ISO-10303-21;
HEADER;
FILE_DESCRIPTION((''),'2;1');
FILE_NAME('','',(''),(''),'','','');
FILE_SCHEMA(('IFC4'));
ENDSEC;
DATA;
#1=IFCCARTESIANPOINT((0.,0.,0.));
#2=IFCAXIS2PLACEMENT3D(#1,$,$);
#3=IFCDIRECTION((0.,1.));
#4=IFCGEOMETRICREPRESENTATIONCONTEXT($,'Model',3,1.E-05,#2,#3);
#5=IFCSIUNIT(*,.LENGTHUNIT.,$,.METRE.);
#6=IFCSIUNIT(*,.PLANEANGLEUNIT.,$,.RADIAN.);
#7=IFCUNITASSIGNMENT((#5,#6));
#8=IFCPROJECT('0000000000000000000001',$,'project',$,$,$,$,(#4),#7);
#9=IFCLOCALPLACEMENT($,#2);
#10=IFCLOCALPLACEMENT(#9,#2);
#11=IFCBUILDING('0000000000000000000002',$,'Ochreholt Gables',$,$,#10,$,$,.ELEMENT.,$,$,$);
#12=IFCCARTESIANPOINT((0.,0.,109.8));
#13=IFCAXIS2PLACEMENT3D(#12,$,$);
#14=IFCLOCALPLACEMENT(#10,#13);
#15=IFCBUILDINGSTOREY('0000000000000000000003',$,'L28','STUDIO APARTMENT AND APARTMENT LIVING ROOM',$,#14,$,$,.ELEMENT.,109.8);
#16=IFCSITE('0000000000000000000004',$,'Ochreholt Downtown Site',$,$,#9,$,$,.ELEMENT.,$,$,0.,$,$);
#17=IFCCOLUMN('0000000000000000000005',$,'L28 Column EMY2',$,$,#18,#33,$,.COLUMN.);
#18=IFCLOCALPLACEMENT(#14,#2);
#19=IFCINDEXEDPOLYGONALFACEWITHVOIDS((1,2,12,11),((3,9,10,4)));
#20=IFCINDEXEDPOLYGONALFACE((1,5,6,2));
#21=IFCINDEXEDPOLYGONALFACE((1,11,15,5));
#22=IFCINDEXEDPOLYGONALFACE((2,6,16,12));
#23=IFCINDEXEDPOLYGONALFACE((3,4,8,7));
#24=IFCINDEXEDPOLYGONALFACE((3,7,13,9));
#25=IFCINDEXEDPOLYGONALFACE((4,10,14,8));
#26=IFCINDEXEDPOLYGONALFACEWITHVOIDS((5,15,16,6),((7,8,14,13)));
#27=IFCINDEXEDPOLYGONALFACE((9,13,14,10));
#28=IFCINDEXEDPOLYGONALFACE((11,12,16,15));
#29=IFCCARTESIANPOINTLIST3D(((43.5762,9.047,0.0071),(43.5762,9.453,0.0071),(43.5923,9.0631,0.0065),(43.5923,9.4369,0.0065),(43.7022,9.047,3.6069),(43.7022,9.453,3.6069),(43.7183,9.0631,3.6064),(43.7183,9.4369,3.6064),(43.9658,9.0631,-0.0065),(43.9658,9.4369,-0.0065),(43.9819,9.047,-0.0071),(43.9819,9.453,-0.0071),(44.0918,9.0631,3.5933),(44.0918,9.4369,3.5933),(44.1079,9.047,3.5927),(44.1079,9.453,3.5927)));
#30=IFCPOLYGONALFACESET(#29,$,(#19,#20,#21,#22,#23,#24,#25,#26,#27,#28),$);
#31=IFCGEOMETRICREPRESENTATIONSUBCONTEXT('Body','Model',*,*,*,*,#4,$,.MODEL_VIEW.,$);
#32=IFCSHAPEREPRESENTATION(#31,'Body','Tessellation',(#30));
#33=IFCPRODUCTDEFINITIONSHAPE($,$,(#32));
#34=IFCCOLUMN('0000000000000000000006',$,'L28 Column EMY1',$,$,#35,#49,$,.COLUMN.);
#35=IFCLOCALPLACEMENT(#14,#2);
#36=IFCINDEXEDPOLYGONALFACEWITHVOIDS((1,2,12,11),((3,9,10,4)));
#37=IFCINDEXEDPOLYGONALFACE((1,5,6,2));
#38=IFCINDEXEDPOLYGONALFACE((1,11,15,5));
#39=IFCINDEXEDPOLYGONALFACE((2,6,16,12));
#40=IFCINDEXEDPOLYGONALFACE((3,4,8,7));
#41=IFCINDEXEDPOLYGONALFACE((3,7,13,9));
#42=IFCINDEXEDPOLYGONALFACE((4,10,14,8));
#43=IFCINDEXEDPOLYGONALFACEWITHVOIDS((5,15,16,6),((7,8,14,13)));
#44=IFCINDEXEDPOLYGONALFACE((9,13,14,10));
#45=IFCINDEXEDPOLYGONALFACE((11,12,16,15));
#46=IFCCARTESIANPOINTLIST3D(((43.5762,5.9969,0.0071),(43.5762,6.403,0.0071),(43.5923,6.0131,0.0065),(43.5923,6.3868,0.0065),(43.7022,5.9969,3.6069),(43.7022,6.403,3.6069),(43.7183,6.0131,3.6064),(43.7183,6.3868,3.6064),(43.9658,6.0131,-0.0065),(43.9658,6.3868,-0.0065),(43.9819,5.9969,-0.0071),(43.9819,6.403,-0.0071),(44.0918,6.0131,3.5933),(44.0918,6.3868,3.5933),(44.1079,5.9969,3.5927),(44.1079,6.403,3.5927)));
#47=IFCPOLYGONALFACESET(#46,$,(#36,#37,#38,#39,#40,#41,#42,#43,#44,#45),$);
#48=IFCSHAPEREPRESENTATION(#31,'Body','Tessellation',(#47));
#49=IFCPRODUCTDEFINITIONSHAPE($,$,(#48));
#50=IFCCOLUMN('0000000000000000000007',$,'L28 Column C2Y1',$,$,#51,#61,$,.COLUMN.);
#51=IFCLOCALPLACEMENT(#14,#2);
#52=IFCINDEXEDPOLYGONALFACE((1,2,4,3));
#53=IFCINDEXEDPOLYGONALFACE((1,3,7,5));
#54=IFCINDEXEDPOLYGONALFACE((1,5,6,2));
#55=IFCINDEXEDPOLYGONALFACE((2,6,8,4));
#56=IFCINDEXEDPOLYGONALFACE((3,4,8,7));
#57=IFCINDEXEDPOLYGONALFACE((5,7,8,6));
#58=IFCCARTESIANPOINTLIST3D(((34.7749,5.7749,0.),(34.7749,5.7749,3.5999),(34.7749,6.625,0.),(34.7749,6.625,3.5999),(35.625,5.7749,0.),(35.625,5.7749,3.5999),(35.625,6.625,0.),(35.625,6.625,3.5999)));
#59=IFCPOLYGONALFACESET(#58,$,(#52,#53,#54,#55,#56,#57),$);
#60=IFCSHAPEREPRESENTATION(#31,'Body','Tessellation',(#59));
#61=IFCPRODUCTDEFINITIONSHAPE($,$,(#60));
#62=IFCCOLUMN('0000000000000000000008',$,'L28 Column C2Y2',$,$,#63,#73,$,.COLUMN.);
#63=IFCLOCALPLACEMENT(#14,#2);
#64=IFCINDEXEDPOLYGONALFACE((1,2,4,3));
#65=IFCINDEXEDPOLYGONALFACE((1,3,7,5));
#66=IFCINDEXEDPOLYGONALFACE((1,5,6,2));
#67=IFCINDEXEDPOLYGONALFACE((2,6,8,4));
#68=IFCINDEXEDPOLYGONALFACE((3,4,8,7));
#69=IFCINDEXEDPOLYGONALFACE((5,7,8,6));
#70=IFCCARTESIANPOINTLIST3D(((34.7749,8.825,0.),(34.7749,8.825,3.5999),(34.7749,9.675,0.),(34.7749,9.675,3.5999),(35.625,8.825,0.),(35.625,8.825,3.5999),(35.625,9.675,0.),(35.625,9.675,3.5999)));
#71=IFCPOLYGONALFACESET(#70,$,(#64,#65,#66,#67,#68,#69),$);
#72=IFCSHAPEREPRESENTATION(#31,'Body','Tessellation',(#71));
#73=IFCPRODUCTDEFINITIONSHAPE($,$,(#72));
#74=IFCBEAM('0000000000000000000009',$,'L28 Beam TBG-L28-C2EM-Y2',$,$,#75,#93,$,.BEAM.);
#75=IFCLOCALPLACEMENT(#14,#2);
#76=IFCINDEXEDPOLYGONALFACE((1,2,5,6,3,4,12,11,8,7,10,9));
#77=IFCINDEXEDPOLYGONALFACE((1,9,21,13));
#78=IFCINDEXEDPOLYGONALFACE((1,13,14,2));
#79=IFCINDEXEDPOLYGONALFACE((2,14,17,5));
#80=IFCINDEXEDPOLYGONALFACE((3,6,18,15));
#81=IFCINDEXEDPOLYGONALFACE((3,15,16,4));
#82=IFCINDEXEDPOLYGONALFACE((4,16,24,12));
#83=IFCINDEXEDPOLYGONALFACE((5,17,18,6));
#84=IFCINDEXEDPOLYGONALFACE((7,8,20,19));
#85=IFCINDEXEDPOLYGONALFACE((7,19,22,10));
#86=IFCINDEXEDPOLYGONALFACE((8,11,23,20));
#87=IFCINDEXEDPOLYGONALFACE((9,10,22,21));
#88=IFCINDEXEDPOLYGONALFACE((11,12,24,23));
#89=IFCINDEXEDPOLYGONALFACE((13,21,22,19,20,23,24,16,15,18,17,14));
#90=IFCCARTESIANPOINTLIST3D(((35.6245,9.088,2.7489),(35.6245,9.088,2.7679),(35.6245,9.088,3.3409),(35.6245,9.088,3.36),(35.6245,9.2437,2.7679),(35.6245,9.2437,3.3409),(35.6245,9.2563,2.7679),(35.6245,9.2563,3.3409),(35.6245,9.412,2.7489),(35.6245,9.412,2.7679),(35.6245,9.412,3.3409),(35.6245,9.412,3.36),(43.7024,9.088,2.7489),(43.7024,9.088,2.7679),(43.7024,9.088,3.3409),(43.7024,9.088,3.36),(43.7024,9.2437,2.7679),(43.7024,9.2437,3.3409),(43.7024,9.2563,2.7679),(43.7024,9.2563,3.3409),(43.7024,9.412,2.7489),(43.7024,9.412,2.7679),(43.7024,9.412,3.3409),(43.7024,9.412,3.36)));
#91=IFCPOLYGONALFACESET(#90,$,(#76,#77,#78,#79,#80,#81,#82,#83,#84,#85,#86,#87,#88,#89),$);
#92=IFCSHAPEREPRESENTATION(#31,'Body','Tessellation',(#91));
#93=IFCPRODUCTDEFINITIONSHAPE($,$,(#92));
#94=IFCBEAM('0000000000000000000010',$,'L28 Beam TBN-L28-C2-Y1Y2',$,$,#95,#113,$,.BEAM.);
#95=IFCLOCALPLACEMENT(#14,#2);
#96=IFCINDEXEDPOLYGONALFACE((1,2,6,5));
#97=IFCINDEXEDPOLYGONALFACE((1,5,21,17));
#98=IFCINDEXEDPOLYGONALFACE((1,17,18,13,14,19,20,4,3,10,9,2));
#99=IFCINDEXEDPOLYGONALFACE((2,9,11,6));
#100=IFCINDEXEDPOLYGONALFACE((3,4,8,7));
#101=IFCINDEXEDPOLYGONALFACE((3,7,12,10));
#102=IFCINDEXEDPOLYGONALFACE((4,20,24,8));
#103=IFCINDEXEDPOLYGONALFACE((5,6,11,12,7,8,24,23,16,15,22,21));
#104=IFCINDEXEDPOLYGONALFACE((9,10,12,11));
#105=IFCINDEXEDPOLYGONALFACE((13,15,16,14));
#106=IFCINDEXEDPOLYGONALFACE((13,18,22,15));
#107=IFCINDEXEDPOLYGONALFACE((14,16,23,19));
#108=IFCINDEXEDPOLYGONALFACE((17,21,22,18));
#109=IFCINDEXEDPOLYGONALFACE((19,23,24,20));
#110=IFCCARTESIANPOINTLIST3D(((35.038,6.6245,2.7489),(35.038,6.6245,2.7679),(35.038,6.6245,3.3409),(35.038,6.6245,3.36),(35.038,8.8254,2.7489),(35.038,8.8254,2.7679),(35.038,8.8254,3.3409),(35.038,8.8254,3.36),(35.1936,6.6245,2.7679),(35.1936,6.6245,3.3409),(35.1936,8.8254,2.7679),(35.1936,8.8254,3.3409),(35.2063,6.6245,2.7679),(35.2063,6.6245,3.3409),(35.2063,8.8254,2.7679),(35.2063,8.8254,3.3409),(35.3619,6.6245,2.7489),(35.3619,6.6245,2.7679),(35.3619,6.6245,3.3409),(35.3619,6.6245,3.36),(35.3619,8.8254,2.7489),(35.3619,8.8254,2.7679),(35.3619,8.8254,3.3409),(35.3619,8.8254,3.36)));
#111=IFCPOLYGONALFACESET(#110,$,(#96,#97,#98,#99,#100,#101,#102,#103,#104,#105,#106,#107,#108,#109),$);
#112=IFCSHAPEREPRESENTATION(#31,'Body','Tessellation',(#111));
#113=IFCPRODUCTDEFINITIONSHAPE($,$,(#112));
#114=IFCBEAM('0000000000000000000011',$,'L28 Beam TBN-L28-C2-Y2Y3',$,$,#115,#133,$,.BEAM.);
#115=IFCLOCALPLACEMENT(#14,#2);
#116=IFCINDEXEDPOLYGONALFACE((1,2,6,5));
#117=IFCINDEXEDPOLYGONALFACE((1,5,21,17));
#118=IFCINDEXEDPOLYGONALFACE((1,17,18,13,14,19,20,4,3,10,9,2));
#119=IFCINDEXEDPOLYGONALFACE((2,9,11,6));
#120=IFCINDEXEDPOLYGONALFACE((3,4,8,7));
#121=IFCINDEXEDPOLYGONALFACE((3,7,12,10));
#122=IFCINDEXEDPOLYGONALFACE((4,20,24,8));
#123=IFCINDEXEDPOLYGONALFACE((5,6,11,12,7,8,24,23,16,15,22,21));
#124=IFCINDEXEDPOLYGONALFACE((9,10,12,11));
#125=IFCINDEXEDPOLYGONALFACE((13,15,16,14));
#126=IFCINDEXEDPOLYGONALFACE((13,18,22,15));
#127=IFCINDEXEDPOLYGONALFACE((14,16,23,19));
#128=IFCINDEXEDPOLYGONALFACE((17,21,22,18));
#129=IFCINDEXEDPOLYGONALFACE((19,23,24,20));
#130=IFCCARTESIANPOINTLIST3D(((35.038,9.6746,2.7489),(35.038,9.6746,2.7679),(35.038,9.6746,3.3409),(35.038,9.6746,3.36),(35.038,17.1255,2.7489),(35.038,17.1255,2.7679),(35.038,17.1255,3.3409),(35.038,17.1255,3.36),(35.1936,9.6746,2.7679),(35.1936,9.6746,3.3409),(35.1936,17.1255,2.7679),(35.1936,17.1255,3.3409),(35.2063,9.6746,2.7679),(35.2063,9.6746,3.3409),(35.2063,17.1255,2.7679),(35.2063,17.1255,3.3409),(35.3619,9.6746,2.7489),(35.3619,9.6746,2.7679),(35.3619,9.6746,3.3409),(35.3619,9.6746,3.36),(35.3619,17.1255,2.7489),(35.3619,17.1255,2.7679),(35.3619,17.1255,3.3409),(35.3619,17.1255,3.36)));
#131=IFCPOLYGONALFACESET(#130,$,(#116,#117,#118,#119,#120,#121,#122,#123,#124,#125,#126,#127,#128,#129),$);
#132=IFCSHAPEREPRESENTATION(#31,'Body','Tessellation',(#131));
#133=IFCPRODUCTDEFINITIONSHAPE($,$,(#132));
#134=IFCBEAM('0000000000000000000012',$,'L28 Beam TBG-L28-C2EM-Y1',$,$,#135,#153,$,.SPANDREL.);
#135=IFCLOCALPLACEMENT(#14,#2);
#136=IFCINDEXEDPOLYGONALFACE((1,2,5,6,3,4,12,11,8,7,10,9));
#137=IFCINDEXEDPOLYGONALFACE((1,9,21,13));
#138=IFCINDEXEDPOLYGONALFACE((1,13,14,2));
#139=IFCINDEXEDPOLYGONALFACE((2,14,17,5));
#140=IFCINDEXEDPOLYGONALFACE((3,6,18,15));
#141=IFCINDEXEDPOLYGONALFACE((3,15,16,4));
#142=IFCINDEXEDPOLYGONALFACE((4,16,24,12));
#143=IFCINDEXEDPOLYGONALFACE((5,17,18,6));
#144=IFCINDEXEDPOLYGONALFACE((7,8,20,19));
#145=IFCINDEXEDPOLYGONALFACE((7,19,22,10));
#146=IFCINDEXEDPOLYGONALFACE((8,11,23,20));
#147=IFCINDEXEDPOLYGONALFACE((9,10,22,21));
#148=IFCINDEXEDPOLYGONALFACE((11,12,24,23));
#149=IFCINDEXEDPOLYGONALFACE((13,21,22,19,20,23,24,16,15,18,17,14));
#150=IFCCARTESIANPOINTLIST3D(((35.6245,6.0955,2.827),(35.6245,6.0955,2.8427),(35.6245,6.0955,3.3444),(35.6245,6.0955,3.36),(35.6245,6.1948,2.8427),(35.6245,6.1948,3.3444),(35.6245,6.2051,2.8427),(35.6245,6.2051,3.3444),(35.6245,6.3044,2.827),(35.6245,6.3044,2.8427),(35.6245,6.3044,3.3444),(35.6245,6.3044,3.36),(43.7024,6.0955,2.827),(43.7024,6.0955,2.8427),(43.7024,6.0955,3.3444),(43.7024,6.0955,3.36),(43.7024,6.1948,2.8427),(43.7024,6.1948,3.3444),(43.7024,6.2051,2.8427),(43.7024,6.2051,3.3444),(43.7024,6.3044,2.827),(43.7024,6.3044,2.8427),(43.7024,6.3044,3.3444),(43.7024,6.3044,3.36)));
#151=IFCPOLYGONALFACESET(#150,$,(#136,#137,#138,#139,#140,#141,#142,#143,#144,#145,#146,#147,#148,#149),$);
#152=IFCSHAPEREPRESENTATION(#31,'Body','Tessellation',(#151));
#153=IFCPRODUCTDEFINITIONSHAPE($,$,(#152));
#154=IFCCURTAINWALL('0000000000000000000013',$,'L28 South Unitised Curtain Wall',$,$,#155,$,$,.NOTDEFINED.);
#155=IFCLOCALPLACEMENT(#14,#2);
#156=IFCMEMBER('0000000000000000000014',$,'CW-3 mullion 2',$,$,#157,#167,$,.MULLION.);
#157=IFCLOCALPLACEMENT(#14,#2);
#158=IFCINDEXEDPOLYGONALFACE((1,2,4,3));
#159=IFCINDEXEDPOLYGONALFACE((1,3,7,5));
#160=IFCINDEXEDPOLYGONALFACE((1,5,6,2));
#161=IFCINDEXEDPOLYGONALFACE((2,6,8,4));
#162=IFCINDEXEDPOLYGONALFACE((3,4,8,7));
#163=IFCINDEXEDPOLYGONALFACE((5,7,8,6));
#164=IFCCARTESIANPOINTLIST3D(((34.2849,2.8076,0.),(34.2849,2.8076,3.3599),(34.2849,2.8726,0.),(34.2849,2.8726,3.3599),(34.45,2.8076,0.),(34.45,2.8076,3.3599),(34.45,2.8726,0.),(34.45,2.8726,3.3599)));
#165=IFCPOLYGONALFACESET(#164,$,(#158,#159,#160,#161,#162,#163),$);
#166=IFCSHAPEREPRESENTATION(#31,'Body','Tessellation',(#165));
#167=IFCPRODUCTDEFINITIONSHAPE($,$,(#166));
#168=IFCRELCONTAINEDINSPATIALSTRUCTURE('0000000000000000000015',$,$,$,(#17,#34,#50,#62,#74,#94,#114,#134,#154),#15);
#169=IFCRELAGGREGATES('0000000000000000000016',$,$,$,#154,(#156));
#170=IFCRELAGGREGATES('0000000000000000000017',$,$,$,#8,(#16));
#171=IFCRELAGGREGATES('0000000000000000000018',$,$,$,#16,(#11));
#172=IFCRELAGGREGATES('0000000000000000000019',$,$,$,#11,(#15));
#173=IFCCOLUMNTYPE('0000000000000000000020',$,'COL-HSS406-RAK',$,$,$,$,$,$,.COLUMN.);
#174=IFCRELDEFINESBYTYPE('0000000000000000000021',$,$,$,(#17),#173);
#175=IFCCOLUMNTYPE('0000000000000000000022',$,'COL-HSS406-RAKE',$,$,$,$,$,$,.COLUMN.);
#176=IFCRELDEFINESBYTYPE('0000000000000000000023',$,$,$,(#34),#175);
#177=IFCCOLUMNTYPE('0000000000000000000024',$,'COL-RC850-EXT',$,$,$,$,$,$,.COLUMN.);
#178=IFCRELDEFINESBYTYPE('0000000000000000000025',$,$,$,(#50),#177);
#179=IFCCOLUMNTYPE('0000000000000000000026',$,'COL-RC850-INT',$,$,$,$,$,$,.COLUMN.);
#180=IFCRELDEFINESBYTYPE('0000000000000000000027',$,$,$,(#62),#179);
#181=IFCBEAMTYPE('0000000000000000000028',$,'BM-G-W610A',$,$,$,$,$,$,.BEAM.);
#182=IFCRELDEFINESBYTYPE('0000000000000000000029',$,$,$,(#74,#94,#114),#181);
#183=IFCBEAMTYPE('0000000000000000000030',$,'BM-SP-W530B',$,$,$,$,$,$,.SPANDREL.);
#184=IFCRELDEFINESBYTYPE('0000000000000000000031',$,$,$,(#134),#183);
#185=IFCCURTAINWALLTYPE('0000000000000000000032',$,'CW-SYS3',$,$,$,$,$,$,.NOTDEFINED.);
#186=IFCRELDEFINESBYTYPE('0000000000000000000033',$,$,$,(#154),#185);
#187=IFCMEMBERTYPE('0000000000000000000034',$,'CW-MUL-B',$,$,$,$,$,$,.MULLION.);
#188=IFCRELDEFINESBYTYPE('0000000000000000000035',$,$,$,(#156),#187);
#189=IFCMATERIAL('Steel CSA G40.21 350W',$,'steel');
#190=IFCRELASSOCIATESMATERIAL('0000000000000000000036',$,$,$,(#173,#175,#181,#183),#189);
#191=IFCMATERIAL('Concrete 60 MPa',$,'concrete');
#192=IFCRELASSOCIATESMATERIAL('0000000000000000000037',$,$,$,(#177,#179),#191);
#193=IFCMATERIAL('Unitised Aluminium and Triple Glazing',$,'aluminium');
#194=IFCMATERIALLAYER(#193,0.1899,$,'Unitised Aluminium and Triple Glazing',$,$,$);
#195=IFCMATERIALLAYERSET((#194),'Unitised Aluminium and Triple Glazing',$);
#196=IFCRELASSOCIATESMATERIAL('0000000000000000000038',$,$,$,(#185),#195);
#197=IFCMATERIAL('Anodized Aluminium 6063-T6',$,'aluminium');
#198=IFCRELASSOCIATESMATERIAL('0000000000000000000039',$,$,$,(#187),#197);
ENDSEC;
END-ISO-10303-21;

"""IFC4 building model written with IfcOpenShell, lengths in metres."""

from ifc_helpers import new_model, si_unit, direction, frame, origin, origin_2d, place, context, subcontext, project, spatial, rectangle, hollow_rectangle, i_section, extrude, material, layer, layer_set, material_profile, profile_set, type_object, element, aggregate, save


model = new_model("IFC4")

# Units and contexts
model_context = context("Model", 3, precision=1e-05, world=origin(), true_north=direction((0.0, 1.0)))
body_context = subcontext(model_context, "Body", "Model", "MODEL_VIEW")
ifc_project = project(units=[si_unit("LENGTHUNIT", "METRE"), si_unit("PLANEANGLEUNIT", "RADIAN")], contexts=[model_context])

# Site, building, storey
site_placement = place(None, origin())
site = spatial("IfcSite", under=ifc_project, at=site_placement, Name="Ochreholt Downtown Site", CompositionType="ELEMENT", RefElevation=0.0)
building_placement = place(site_placement, origin())
building = spatial("IfcBuilding", under=site, at=building_placement, Name="Ochreholt Gables", CompositionType="ELEMENT")
storey_placement = place(building_placement, frame((0.0, 0.0, 109.8)))
storey = spatial("IfcBuildingStorey", under=building, at=storey_placement, Name="L28", Description="STUDIO APARTMENT AND APARTMENT LIVING ROOM", CompositionType="ELEMENT", Elevation=109.8)

# Columns
ifc_material_1 = material(Name="Steel CSA G40.21 350W", Category="steel")
ifc_material_profile_1 = material_profile(ifc_material_1, hollow_rectangle(XDim=0.406, YDim=0.406, WallThickness=0.0161, at=origin_2d()), Name="HSS406X406X16")
ifc_profile_set_1 = profile_set([ifc_material_profile_1], Name="Steel CSA G40.21 350W")
column_type_1 = type_object("IfcColumnType", Name="COL-HSS406-RAK", PredefinedType="COLUMN", material=ifc_profile_set_1)
column_1_placement = place(storey_placement, frame((43.7791, 9.25, 0.0), z_axis=(0.034974, 0.0, 0.999388), x_axis=(0.0, 1.0, 0.0)))
element("IfcColumn", 1, at=column_1_placement, inside=storey, type_object=column_type_1, Name="L28 Column EMY2", PredefinedType="COLUMN", context=body_context, shape_type="SweptSolid", body=[
    extrude(hollow_rectangle(XDim=0.406, YDim=0.406, WallThickness=0.0161, at=origin_2d()), origin(), (0.0, 0.0, 1.0), 3.6021),
])
ifc_material_profile_2 = material_profile(ifc_material_1, hollow_rectangle(XDim=0.406, YDim=0.406, WallThickness=0.0161, at=origin_2d()), Name="HSS406X406X16")
ifc_profile_set_2 = profile_set([ifc_material_profile_2], Name="Steel CSA G40.21 350W")
column_type_2 = type_object("IfcColumnType", Name="COL-HSS406-RAKE", PredefinedType="COLUMN", material=ifc_profile_set_2)
column_2_placement = place(storey_placement, frame((43.7791, 6.2, 0.0), z_axis=(0.034974, 0.0, 0.999388), x_axis=(0.0, 1.0, 0.0)))
element("IfcColumn", 2, at=column_2_placement, inside=storey, type_object=column_type_2, Name="L28 Column EMY1", PredefinedType="COLUMN", context=body_context, shape_type="SweptSolid", body=[
    extrude(hollow_rectangle(XDim=0.406, YDim=0.406, WallThickness=0.0161, at=origin_2d()), origin(), (0.0, 0.0, 1.0), 3.6021),
])
ifc_material_2 = material(Name="Concrete 60 MPa", Category="concrete")
ifc_material_profile_3 = material_profile(ifc_material_2, rectangle(XDim=0.8501, YDim=0.8501, at=origin_2d()), Name="RC850X850")
ifc_profile_set_3 = profile_set([ifc_material_profile_3], Name="Concrete 60 MPa")
column_type_3 = type_object("IfcColumnType", Name="COL-RC850-EXT", PredefinedType="COLUMN", material=ifc_profile_set_3)
column_3_placement = place(storey_placement, frame((35.2, 6.2, 0.0), z_axis=(0.0, 0.0, 1.0), x_axis=(1.0, 0.0, 0.0)))
element("IfcColumn", 3, at=column_3_placement, inside=storey, type_object=column_type_3, Name="L28 Column C2Y1", PredefinedType="COLUMN", context=body_context, shape_type="SweptSolid", body=[
    extrude(rectangle(XDim=0.8501, YDim=0.8501, at=origin_2d()), origin(), (0.0, 0.0, 1.0), 3.5999),
])
ifc_material_profile_4 = material_profile(ifc_material_2, rectangle(XDim=0.8501, YDim=0.8501, at=origin_2d()), Name="RC850X850")
ifc_profile_set_4 = profile_set([ifc_material_profile_4], Name="Concrete 60 MPa")
column_type_4 = type_object("IfcColumnType", Name="COL-RC850-INT", PredefinedType="COLUMN", material=ifc_profile_set_4)
column_4_placement = place(storey_placement, frame((35.2, 9.25, 0.0), z_axis=(0.0, 0.0, 1.0), x_axis=(1.0, 0.0, 0.0)))
element("IfcColumn", 4, at=column_4_placement, inside=storey, type_object=column_type_4, Name="L28 Column C2Y2", PredefinedType="COLUMN", context=body_context, shape_type="SweptSolid", body=[
    extrude(rectangle(XDim=0.8501, YDim=0.8501, at=origin_2d()), origin(), (0.0, 0.0, 1.0), 3.5999),
])

# Beams
ifc_material_profile_5 = material_profile(ifc_material_1, i_section(OverallWidth=0.324, OverallDepth=0.6111, WebThickness=0.0127, FlangeThickness=0.019, at=origin_2d()), Name="W610X155")
ifc_profile_set_5 = profile_set([ifc_material_profile_5], Name="Steel CSA G40.21 350W")
beam_type_1 = type_object("IfcBeamType", Name="BM-G-W610A", PredefinedType="BEAM", material=ifc_profile_set_5)
beam_1_placement = place(storey_placement, frame((35.6245, 9.25, 3.0544), z_axis=(1.0, 0.0, 0.0), x_axis=(0.0, 1.0, 0.0)))
element("IfcBeam", 5, at=beam_1_placement, inside=storey, type_object=beam_type_1, Name="L28 Beam TBG-L28-C2EM-Y2", PredefinedType="BEAM", context=body_context, shape_type="SweptSolid", body=[
    extrude(i_section(OverallWidth=0.324, OverallDepth=0.6111, WebThickness=0.0127, FlangeThickness=0.019, at=origin_2d()), origin(), (0.0, 0.0, 1.0), 8.0779),
])
beam_2_placement = place(storey_placement, frame((35.2, 6.6245, 3.0544), z_axis=(0.0, 1.0, 0.0), x_axis=(-1.0, 0.0, 0.0)))
element("IfcBeam", 6, at=beam_2_placement, inside=storey, type_object=beam_type_1, Name="L28 Beam TBN-L28-C2-Y1Y2", PredefinedType="BEAM", context=body_context, shape_type="SweptSolid", body=[
    extrude(i_section(OverallWidth=0.324, OverallDepth=0.6111, WebThickness=0.0127, FlangeThickness=0.019, at=origin_2d()), origin(), (0.0, 0.0, 1.0), 2.2009),
])
beam_3_placement = place(storey_placement, frame((35.2, 9.6746, 3.0544), z_axis=(0.0, 1.0, 0.0), x_axis=(-1.0, 0.0, 0.0)))
element("IfcBeam", 7, at=beam_3_placement, inside=storey, type_object=beam_type_1, Name="L28 Beam TBN-L28-C2-Y2Y3", PredefinedType="BEAM", context=body_context, shape_type="SweptSolid", body=[
    extrude(i_section(OverallWidth=0.324, OverallDepth=0.6111, WebThickness=0.0127, FlangeThickness=0.019, at=origin_2d()), origin(), (0.0, 0.0, 1.0), 7.4509),
])
ifc_material_profile_6 = material_profile(ifc_material_1, i_section(OverallWidth=0.209, OverallDepth=0.533, WebThickness=0.0103, FlangeThickness=0.0156, at=origin_2d()), Name="W530X92")
ifc_profile_set_6 = profile_set([ifc_material_profile_6], Name="Steel CSA G40.21 350W")
beam_type_2 = type_object("IfcBeamType", Name="BM-SP-W530B", PredefinedType="SPANDREL", material=ifc_profile_set_6)
beam_4_placement = place(storey_placement, frame((35.6245, 6.2, 3.0935), z_axis=(1.0, 0.0, 0.0), x_axis=(0.0, 1.0, 0.0)))
element("IfcBeam", 8, at=beam_4_placement, inside=storey, type_object=beam_type_2, Name="L28 Beam TBG-L28-C2EM-Y1", PredefinedType="SPANDREL", context=body_context, shape_type="SweptSolid", body=[
    extrude(i_section(OverallWidth=0.209, OverallDepth=0.533, WebThickness=0.0103, FlangeThickness=0.0156, at=origin_2d()), origin(), (0.0, 0.0, 1.0), 8.0779),
])

# Curtain wall, member
ifc_material_3 = material(Name="Unitised Aluminium and Triple Glazing", Category="aluminium")
ifc_layer_1 = layer(ifc_material_3, 0.1899, Name="Unitised Aluminium and Triple Glazing")
ifc_layer_set_1 = layer_set([ifc_layer_1], Name="Unitised Aluminium and Triple Glazing")
curtain_wall_type = type_object("IfcCurtainWallType", Name="CW-SYS3", PredefinedType="NOTDEFINED", material=ifc_layer_set_1)
curtain_wall_placement = place(storey_placement, origin())
curtain_wall = element("IfcCurtainWall", 9, at=curtain_wall_placement, inside=storey, type_object=curtain_wall_type, Name="L28 South Unitised Curtain Wall", PredefinedType="NOTDEFINED")
ifc_material_4 = material(Name="Anodized Aluminium 6063-T6", Category="aluminium")
ifc_material_profile_7 = material_profile(ifc_material_4, rectangle(XDim=0.0649, YDim=0.165, at=origin_2d()), Name="CWM65X165")
ifc_profile_set_7 = profile_set([ifc_material_profile_7], Name="Anodized Aluminium 6063-T6")
member_type = type_object("IfcMemberType", Name="CW-MUL-B", PredefinedType="MULLION", material=ifc_profile_set_7)
member_placement = place(storey_placement, frame((34.3674, 2.8401, 0.0), z_axis=(0.0, 0.0, 1.0), x_axis=(0.0, 1.0, 0.0)))
member = element("IfcMember", 10, at=member_placement, type_object=member_type, Name="CW-3 mullion 2", PredefinedType="MULLION", context=body_context, shape_type="SweptSolid", body=[
    extrude(rectangle(XDim=0.0649, YDim=0.165, at=origin_2d()), origin(), (0.0, 0.0, 1.0), 3.3599),
])
aggregate(curtain_wall, [member])

save(model, "model.ifc")
